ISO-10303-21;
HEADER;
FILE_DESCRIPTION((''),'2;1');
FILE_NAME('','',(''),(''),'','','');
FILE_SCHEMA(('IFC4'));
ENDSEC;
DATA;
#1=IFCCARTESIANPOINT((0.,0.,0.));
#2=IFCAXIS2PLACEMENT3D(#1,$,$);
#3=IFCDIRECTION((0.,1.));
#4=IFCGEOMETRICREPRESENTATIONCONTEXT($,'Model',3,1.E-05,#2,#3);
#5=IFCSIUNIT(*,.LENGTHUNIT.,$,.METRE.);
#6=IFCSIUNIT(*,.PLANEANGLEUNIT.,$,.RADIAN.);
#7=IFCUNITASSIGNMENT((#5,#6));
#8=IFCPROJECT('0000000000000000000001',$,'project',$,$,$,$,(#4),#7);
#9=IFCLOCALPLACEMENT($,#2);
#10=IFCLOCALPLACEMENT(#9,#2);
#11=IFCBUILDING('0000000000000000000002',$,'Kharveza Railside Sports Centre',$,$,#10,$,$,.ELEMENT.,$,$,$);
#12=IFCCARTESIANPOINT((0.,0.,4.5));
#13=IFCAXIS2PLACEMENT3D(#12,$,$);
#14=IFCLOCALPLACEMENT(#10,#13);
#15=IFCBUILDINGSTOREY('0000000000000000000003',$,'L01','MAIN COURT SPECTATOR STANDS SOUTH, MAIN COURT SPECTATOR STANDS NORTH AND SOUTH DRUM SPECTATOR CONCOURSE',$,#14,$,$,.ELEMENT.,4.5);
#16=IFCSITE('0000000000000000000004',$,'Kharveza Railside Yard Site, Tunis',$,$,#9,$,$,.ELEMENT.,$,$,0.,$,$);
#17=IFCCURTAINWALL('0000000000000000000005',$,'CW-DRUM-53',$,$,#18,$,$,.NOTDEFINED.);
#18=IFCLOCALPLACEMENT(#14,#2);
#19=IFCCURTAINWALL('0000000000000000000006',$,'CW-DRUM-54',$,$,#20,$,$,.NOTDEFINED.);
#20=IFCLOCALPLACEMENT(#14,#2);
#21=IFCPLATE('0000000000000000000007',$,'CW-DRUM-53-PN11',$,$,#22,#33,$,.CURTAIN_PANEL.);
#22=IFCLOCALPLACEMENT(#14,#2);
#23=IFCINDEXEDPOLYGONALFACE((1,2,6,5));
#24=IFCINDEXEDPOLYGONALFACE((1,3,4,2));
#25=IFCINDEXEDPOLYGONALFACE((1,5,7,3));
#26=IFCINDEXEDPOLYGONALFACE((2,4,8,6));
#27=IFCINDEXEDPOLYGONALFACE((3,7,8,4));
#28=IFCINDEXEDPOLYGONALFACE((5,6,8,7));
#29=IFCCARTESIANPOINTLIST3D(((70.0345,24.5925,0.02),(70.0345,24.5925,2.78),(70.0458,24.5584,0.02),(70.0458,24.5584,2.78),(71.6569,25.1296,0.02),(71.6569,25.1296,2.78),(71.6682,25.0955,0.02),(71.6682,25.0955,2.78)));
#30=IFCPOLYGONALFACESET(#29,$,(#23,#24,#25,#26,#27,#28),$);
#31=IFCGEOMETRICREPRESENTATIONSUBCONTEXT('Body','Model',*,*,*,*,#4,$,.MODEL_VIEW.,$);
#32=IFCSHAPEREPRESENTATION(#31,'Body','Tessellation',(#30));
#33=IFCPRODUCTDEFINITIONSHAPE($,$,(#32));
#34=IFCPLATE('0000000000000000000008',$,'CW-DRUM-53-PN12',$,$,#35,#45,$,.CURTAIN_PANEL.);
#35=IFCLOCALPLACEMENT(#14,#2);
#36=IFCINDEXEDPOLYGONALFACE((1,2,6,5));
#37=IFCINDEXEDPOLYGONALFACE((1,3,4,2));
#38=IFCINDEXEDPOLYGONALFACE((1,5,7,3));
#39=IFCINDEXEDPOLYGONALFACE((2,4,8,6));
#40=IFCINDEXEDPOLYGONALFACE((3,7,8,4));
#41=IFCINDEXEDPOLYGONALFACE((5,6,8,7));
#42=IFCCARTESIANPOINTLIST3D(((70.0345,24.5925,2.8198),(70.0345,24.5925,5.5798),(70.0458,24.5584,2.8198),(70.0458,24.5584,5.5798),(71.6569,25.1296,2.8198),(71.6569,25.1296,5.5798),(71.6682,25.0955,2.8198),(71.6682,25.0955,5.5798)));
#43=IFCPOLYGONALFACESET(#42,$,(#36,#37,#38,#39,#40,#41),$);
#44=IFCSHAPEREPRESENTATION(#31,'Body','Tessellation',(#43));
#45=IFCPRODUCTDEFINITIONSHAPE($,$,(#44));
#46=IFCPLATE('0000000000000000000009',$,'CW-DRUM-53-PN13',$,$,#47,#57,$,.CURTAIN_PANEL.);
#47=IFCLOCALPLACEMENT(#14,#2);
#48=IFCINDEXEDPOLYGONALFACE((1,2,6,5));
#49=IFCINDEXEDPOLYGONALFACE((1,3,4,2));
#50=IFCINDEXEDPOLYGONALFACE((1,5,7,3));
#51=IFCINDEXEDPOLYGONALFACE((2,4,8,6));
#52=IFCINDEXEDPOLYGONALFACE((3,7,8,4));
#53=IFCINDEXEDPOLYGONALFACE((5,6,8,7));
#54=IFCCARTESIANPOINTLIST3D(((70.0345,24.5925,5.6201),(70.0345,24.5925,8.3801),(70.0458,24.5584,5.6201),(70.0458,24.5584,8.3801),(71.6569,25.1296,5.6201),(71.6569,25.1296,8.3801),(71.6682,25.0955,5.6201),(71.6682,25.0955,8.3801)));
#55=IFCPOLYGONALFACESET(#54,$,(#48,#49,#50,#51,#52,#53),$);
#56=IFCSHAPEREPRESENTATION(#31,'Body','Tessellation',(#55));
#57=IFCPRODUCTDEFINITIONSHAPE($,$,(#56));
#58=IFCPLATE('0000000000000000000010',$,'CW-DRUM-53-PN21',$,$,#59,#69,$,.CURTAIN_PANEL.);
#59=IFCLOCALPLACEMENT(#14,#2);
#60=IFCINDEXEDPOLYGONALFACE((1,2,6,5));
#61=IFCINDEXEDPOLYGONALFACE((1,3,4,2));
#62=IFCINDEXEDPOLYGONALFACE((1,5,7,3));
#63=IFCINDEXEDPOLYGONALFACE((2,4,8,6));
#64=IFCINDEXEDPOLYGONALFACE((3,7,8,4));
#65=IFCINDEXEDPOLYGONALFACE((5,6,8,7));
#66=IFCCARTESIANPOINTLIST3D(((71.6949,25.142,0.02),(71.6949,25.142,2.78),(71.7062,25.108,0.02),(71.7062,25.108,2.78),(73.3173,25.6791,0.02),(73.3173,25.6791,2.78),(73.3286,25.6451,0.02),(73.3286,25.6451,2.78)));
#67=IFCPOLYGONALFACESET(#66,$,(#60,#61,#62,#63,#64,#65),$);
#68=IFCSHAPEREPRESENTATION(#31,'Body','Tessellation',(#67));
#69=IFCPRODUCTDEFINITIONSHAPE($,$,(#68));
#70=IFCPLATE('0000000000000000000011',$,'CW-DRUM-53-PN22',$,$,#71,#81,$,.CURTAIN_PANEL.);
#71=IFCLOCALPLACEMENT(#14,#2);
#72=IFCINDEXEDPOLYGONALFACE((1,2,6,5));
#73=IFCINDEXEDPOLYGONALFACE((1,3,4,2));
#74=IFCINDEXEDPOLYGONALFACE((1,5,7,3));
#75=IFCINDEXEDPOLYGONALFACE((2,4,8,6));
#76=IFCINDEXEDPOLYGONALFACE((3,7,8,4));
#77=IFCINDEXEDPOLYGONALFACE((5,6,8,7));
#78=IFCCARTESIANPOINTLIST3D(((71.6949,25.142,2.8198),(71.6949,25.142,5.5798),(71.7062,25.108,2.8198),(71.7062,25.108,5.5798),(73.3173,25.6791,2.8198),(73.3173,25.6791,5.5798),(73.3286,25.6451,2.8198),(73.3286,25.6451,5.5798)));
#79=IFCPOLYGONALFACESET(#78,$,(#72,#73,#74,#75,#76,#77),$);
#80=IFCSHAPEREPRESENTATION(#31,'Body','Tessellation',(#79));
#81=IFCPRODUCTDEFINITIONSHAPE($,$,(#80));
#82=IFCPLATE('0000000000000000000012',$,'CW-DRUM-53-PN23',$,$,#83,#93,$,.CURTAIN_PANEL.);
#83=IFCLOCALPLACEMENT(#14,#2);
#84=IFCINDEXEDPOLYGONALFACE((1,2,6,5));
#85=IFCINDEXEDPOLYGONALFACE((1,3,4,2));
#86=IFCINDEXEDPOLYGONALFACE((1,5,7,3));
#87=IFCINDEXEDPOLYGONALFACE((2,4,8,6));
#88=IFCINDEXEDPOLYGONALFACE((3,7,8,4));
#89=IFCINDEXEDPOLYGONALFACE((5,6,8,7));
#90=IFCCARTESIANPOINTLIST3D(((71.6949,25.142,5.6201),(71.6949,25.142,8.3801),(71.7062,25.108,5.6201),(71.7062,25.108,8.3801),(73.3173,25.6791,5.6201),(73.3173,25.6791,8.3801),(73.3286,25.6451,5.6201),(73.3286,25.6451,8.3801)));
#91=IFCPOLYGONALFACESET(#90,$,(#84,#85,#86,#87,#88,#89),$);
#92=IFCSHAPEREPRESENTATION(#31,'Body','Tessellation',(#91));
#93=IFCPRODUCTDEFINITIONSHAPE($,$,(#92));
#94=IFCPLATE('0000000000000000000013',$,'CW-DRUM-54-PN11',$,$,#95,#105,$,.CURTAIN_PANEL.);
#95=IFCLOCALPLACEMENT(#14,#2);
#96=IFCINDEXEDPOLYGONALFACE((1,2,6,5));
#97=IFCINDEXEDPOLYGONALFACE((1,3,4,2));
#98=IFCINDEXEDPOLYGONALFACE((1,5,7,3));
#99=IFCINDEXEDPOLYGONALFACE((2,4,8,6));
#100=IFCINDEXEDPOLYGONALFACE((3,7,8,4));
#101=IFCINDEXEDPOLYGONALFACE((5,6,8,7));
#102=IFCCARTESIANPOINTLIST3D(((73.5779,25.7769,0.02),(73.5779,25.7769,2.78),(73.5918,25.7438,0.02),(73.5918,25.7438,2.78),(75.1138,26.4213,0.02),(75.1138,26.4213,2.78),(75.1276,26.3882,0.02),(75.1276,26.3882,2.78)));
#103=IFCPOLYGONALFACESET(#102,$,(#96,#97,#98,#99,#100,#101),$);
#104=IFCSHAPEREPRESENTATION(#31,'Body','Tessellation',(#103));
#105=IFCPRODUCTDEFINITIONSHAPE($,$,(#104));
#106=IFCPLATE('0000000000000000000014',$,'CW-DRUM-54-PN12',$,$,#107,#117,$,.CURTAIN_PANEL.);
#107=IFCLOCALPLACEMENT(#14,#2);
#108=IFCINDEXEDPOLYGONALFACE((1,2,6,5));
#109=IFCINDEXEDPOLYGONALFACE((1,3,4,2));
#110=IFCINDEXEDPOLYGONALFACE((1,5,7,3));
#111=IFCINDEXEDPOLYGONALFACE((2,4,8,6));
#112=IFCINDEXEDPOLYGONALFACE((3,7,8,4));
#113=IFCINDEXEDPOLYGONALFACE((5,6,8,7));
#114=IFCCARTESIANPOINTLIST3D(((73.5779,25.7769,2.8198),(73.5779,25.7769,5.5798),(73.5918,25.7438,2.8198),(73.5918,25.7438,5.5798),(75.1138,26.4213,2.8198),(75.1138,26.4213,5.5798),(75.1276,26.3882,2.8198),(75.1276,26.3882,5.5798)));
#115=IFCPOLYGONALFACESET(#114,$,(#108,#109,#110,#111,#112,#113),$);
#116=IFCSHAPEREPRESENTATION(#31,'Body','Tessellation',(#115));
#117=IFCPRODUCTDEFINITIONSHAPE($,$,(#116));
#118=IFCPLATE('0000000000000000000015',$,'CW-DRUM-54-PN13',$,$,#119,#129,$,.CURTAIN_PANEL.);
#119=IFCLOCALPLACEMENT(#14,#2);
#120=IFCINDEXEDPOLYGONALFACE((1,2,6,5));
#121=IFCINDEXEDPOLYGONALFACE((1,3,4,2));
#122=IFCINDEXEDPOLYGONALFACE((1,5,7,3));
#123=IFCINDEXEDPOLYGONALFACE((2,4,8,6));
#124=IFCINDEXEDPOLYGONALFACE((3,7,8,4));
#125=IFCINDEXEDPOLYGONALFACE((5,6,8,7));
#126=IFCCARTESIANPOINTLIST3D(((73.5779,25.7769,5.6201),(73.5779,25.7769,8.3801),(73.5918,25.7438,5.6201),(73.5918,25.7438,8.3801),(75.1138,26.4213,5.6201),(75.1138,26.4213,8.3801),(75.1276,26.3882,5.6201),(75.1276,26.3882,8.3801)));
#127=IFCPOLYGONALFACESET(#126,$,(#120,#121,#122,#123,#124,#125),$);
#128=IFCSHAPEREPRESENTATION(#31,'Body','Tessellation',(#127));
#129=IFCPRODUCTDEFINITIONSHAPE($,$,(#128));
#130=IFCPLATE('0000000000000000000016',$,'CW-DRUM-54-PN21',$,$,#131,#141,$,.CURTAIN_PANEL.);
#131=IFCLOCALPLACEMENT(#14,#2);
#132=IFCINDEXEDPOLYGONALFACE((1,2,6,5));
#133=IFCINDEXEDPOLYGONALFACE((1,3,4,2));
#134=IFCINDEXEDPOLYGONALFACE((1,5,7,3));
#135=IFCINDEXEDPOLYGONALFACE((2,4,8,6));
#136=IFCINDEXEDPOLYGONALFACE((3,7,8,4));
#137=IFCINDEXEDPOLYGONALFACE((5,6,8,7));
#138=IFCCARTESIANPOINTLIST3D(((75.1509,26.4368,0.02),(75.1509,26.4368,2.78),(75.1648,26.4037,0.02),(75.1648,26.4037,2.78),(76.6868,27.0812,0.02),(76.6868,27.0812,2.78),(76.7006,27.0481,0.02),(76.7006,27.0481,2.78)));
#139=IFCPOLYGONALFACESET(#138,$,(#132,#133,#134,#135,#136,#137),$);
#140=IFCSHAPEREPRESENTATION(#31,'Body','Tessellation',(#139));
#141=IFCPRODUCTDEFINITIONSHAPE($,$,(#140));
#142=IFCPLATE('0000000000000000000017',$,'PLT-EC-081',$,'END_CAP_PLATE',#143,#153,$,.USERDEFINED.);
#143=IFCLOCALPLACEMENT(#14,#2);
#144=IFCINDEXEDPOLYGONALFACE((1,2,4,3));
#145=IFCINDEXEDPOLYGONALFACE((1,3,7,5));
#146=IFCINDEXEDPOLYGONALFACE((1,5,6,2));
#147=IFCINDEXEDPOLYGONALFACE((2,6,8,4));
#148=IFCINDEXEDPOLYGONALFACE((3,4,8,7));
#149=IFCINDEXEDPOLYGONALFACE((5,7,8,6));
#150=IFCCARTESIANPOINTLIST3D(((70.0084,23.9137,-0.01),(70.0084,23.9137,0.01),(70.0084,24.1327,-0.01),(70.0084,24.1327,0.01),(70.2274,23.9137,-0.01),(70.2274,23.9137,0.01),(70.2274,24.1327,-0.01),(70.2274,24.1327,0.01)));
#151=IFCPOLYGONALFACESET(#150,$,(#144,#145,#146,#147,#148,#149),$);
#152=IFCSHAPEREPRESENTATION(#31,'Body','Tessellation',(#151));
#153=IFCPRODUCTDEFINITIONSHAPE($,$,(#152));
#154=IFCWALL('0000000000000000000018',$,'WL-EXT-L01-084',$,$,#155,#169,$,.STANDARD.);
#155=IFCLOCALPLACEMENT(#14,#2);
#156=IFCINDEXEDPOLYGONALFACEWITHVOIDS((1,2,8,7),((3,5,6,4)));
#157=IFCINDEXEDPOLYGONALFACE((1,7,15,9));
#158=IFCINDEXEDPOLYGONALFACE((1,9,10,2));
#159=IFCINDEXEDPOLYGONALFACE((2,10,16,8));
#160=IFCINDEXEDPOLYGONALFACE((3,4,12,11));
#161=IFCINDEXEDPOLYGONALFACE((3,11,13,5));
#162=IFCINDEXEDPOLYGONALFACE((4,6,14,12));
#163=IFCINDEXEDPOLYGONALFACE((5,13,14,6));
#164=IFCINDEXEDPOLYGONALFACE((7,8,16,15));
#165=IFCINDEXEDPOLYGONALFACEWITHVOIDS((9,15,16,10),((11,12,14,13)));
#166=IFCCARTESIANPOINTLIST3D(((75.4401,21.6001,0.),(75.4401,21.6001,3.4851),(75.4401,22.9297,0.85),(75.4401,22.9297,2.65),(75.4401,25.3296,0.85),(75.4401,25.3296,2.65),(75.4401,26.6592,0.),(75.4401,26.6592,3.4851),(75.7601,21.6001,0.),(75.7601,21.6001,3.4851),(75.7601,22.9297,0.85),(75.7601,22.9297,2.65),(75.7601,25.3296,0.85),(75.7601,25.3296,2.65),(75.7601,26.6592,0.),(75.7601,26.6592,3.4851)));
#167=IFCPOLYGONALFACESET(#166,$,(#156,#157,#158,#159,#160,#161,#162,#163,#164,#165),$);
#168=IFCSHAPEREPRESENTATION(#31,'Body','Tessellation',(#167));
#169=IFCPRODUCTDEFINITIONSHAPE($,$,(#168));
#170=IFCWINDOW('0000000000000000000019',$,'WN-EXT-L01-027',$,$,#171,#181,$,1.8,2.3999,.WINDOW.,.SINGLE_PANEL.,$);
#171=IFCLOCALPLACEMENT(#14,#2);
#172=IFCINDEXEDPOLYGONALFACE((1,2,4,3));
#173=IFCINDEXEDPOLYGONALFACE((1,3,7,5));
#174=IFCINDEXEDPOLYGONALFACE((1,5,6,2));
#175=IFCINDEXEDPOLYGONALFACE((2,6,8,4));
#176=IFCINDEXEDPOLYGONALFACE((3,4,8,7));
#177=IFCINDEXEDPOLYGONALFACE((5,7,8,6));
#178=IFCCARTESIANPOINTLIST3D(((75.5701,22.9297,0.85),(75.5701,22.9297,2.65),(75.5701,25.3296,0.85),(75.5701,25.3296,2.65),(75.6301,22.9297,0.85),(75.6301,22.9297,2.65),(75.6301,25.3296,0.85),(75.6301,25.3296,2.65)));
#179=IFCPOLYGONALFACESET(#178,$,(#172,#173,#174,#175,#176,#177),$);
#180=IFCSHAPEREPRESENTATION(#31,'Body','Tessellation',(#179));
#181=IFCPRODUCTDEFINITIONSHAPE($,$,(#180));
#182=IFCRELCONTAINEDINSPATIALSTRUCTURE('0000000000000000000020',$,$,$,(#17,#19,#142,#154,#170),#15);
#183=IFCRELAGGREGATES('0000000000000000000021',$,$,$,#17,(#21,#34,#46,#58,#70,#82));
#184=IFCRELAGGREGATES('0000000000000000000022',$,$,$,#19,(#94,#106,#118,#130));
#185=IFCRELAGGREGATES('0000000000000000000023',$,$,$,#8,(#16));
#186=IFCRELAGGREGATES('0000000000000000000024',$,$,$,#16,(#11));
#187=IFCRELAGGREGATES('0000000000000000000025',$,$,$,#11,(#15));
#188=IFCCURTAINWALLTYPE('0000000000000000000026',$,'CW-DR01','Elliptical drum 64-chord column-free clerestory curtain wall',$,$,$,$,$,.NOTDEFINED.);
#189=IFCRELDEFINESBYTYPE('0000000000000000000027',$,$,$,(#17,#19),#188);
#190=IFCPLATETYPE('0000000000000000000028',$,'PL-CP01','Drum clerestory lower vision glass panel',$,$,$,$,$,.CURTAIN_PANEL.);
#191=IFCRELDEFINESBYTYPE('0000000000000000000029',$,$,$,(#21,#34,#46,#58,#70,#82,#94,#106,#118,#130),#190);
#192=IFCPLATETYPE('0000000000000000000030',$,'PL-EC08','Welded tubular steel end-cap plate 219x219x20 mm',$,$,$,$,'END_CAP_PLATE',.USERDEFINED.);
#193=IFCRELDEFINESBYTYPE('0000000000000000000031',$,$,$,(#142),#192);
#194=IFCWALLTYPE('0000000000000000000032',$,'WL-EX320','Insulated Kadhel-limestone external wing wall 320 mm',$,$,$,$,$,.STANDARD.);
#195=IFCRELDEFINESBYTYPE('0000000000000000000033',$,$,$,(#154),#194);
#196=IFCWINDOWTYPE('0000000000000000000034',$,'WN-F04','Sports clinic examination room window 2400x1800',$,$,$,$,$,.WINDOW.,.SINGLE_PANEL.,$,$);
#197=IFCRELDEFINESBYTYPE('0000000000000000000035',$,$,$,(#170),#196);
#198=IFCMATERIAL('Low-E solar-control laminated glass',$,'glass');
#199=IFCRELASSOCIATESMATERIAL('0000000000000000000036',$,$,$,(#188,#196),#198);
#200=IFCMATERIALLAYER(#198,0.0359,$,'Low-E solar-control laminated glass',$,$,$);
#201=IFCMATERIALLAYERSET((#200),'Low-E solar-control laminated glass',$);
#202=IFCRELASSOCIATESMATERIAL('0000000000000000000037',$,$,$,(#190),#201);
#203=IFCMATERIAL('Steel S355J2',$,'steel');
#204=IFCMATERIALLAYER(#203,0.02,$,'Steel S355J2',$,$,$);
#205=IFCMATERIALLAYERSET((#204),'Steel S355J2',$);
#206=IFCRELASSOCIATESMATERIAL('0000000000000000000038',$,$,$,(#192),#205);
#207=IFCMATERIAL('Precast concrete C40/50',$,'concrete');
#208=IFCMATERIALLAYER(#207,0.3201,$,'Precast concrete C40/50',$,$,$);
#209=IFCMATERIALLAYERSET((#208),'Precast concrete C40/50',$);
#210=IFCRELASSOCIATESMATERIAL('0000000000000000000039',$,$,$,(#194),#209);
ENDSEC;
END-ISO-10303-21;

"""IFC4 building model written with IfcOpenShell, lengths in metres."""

from ifc_helpers import new_model, si_unit, direction, frame, frame_2d, origin, origin_2d, place, context, subcontext, project, spatial, rectangle, extrude, material, layer, layer_set, type_object, element, fill, aggregate, save


model = new_model("IFC4")

# Units and contexts
model_context = context("Model", 3, precision=1e-05, world=origin(), true_north=direction((0.0, 1.0)))
body_context = subcontext(model_context, "Body", "Model", "MODEL_VIEW")
ifc_project = project(units=[si_unit("LENGTHUNIT", "METRE"), si_unit("PLANEANGLEUNIT", "RADIAN")], contexts=[model_context])

# Site, building, storey
site_placement = place(None, origin())
site = spatial("IfcSite", under=ifc_project, at=site_placement, Name="Kharveza Railside Yard Site, Tunis", CompositionType="ELEMENT", RefElevation=0.0)
building_placement = place(site_placement, origin())
building = spatial("IfcBuilding", under=site, at=building_placement, Name="Kharveza Railside Sports Centre", CompositionType="ELEMENT")
storey_placement = place(building_placement, frame((0.0, 0.0, 4.5)))
storey = spatial("IfcBuildingStorey", under=building, at=storey_placement, Name="L01", Description="MAIN COURT SPECTATOR STANDS SOUTH, MAIN COURT SPECTATOR STANDS NORTH AND SOUTH DRUM SPECTATOR CONCOURSE", CompositionType="ELEMENT", Elevation=4.5)

# Shared definitions
ifc_material_1 = material(Name="Steel S355J2", Category="steel")

# Curtain walls
ifc_material_2 = material(Name="Low-E solar-control laminated glass", Category="glass")
curtain_wall_type = type_object("IfcCurtainWallType", Name="CW-DR01", Description="Elliptical drum 64-chord column-free clerestory curtain wall", PredefinedType="NOTDEFINED", material=ifc_material_2)
curtain_wall_1_placement = place(storey_placement, origin())
curtain_wall_1 = element("IfcCurtainWall", 1, at=curtain_wall_1_placement, inside=storey, type_object=curtain_wall_type, Name="CW-DRUM-53", PredefinedType="NOTDEFINED")
curtain_wall_2_placement = place(storey_placement, origin())
curtain_wall_2 = element("IfcCurtainWall", 2, at=curtain_wall_2_placement, inside=storey, type_object=curtain_wall_type, Name="CW-DRUM-54", PredefinedType="NOTDEFINED")

# Plates
ifc_layer_1 = layer(ifc_material_2, 0.0359, Name="Low-E solar-control laminated glass")
ifc_layer_set_1 = layer_set([ifc_layer_1], Name="Low-E solar-control laminated glass")
plate_type_1 = type_object("IfcPlateType", Name="PL-CP01", Description="Drum clerestory lower vision glass panel", PredefinedType="CURTAIN_PANEL", material=ifc_layer_set_1)
plate_1_placement = place(storey_placement, frame((70.8513, 24.844, 0.02), z_axis=(0.0, 0.0, 1.0), x_axis=(0.949327, 0.314291, 0.0)))
plate_1 = element("IfcPlate", 3, at=plate_1_placement, type_object=plate_type_1, Name="CW-DRUM-53-PN11", PredefinedType="CURTAIN_PANEL", context=body_context, shape_type="SweptSolid", body=[
    extrude(rectangle(XDim=1.709, YDim=0.0359, at=origin_2d()), origin(), (0.0, 0.0, 1.0), 2.76),
])
plate_2_placement = place(storey_placement, frame((70.8513, 24.844, 2.8198), z_axis=(0.0, 0.0, 1.0), x_axis=(0.949327, 0.314291, 0.0)))
plate_2 = element("IfcPlate", 4, at=plate_2_placement, type_object=plate_type_1, Name="CW-DRUM-53-PN12", PredefinedType="CURTAIN_PANEL", context=body_context, shape_type="SweptSolid", body=[
    extrude(rectangle(XDim=1.709, YDim=0.0359, at=origin_2d()), origin(), (0.0, 0.0, 1.0), 2.76),
])
plate_3_placement = place(storey_placement, frame((70.8513, 24.844, 5.6201), z_axis=(0.0, 0.0, 1.0), x_axis=(0.949327, 0.314291, 0.0)))
plate_3 = element("IfcPlate", 5, at=plate_3_placement, type_object=plate_type_1, Name="CW-DRUM-53-PN13", PredefinedType="CURTAIN_PANEL", context=body_context, shape_type="SweptSolid", body=[
    extrude(rectangle(XDim=1.709, YDim=0.0359, at=origin_2d()), origin(), (0.0, 0.0, 1.0), 2.76),
])
plate_4_placement = place(storey_placement, frame((72.5117, 25.3936, 0.02), z_axis=(0.0, 0.0, 1.0), x_axis=(0.949327, 0.314291, 0.0)))
plate_4 = element("IfcPlate", 6, at=plate_4_placement, type_object=plate_type_1, Name="CW-DRUM-53-PN21", PredefinedType="CURTAIN_PANEL", context=body_context, shape_type="SweptSolid", body=[
    extrude(rectangle(XDim=1.709, YDim=0.0359, at=origin_2d()), origin(), (0.0, 0.0, 1.0), 2.76),
])
plate_5_placement = place(storey_placement, frame((72.5117, 25.3936, 2.8198), z_axis=(0.0, 0.0, 1.0), x_axis=(0.949327, 0.314291, 0.0)))
plate_5 = element("IfcPlate", 7, at=plate_5_placement, type_object=plate_type_1, Name="CW-DRUM-53-PN22", PredefinedType="CURTAIN_PANEL", context=body_context, shape_type="SweptSolid", body=[
    extrude(rectangle(XDim=1.709, YDim=0.0359, at=origin_2d()), origin(), (0.0, 0.0, 1.0), 2.76),
])
plate_6_placement = place(storey_placement, frame((72.5117, 25.3936, 5.6201), z_axis=(0.0, 0.0, 1.0), x_axis=(0.949327, 0.314291, 0.0)))
plate_6 = element("IfcPlate", 8, at=plate_6_placement, type_object=plate_type_1, Name="CW-DRUM-53-PN23", PredefinedType="CURTAIN_PANEL", context=body_context, shape_type="SweptSolid", body=[
    extrude(rectangle(XDim=1.709, YDim=0.0359, at=origin_2d()), origin(), (0.0, 0.0, 1.0), 2.76),
])
aggregate(curtain_wall_1, [plate_1, plate_2, plate_3, plate_4, plate_5, plate_6])
plate_7_placement = place(storey_placement, frame((74.3528, 26.0825, 0.02), z_axis=(0.0, 0.0, 1.0), x_axis=(0.922127, 0.386888, 0.0)))
plate_7 = element("IfcPlate", 9, at=plate_7_placement, type_object=plate_type_1, Name="CW-DRUM-54-PN11", PredefinedType="CURTAIN_PANEL", context=body_context, shape_type="SweptSolid", body=[
    extrude(rectangle(XDim=1.6655, YDim=0.0359, at=origin_2d()), origin(), (0.0, 0.0, 1.0), 2.76),
])
plate_8_placement = place(storey_placement, frame((74.3528, 26.0825, 2.8198), z_axis=(0.0, 0.0, 1.0), x_axis=(0.922127, 0.386888, 0.0)))
plate_8 = element("IfcPlate", 10, at=plate_8_placement, type_object=plate_type_1, Name="CW-DRUM-54-PN12", PredefinedType="CURTAIN_PANEL", context=body_context, shape_type="SweptSolid", body=[
    extrude(rectangle(XDim=1.6655, YDim=0.0359, at=origin_2d()), origin(), (0.0, 0.0, 1.0), 2.76),
])
plate_9_placement = place(storey_placement, frame((74.3528, 26.0825, 5.6201), z_axis=(0.0, 0.0, 1.0), x_axis=(0.922127, 0.386888, 0.0)))
plate_9 = element("IfcPlate", 11, at=plate_9_placement, type_object=plate_type_1, Name="CW-DRUM-54-PN13", PredefinedType="CURTAIN_PANEL", context=body_context, shape_type="SweptSolid", body=[
    extrude(rectangle(XDim=1.6655, YDim=0.0359, at=origin_2d()), origin(), (0.0, 0.0, 1.0), 2.76),
])
plate_10_placement = place(storey_placement, frame((75.9258, 26.7424, 0.02), z_axis=(0.0, 0.0, 1.0), x_axis=(0.922127, 0.386888, 0.0)))
plate_10 = element("IfcPlate", 12, at=plate_10_placement, type_object=plate_type_1, Name="CW-DRUM-54-PN21", PredefinedType="CURTAIN_PANEL", context=body_context, shape_type="SweptSolid", body=[
    extrude(rectangle(XDim=1.6655, YDim=0.0359, at=origin_2d()), origin(), (0.0, 0.0, 1.0), 2.76),
])
aggregate(curtain_wall_2, [plate_7, plate_8, plate_9, plate_10])
ifc_layer_2 = layer(ifc_material_1, 0.02, Name="Steel S355J2")
ifc_layer_set_2 = layer_set([ifc_layer_2], Name="Steel S355J2")
plate_type_2 = type_object("IfcPlateType", Name="PL-EC08", Description="Welded tubular steel end-cap plate 219x219x20 mm", ElementType="END_CAP_PLATE", PredefinedType="USERDEFINED", material=ifc_layer_set_2)
plate_11_placement = place(storey_placement, frame((70.1179, 24.0232, -0.01), z_axis=(0.0, 0.0, 1.0), x_axis=(1.0, 0.0, 0.0)))
element("IfcPlate", 13, at=plate_11_placement, inside=storey, type_object=plate_type_2, Name="PLT-EC-081", ObjectType="END_CAP_PLATE", PredefinedType="USERDEFINED", context=body_context, shape_type="SweptSolid", body=[
    extrude(rectangle(XDim=0.219, YDim=0.219, at=origin_2d()), origin(), (0.0, 0.0, 1.0), 0.02),
])

# Wall, opening, window
ifc_material_3 = material(Name="Precast concrete C40/50", Category="concrete")
ifc_layer_3 = layer(ifc_material_3, 0.3201, Name="Precast concrete C40/50")
ifc_layer_set_3 = layer_set([ifc_layer_3], Name="Precast concrete C40/50")
wall_type = type_object("IfcWallType", Name="WL-EX320", Description="Insulated Kadhel-limestone external wing wall 320 mm", PredefinedType="STANDARD", material=ifc_layer_set_3)
wall_placement = place(storey_placement, frame((75.6001, 26.6592, 0.0), z_axis=(0.0, 0.0, 1.0), x_axis=(0.0, -1.0, 0.0)))
wall = element("IfcWall", 14, at=wall_placement, inside=storey, type_object=wall_type, Name="WL-EXT-L01-084", PredefinedType="STANDARD", context=body_context, shape_type="SweptSolid", body=[
    extrude(rectangle(XDim=5.0591, YDim=0.3201, at=frame_2d((2.5295, 0.0))), origin(), (0.0, 0.0, 1.0), 3.4851),
])
opening_placement = place(wall_placement, frame((1.3296, 0.0, 0.8501)))
opening = element("IfcOpeningElement", 15, at=opening_placement, cuts=wall, PredefinedType="OPENING", context=body_context, shape_type="SweptSolid", body=[
    extrude(rectangle(XDim=2.3999, YDim=1.8, at=frame_2d((1.2, 0.8999))), frame((0.0, 0.1851, 0.0), z_axis=(0.0, -1.0, 0.0), x_axis=(1.0, 0.0, 0.0)), (0.0, 0.0, 1.0), 0.3699),
])
window_type = type_object("IfcWindowType", Name="WN-F04", Description="Sports clinic examination room window 2400x1800", PartitioningType="SINGLE_PANEL", PredefinedType="WINDOW", material=ifc_material_2)
window_placement = place(opening_placement, origin())
window = element("IfcWindow", 16, at=window_placement, inside=storey, type_object=window_type, Name="WN-EXT-L01-027", OverallHeight=1.8, OverallWidth=2.3999, PartitioningType="SINGLE_PANEL", PredefinedType="WINDOW", context=body_context, shape_type="SweptSolid", body=[
    extrude(rectangle(XDim=2.3999, YDim=1.8, at=frame_2d((1.2, 0.8999))), frame((0.0, 0.03, 0.0), z_axis=(0.0, -1.0, 0.0), x_axis=(1.0, 0.0, 0.0)), (0.0, 0.0, 1.0), 0.0601),
])
fill(opening, window)

save(model, "model.ifc")
